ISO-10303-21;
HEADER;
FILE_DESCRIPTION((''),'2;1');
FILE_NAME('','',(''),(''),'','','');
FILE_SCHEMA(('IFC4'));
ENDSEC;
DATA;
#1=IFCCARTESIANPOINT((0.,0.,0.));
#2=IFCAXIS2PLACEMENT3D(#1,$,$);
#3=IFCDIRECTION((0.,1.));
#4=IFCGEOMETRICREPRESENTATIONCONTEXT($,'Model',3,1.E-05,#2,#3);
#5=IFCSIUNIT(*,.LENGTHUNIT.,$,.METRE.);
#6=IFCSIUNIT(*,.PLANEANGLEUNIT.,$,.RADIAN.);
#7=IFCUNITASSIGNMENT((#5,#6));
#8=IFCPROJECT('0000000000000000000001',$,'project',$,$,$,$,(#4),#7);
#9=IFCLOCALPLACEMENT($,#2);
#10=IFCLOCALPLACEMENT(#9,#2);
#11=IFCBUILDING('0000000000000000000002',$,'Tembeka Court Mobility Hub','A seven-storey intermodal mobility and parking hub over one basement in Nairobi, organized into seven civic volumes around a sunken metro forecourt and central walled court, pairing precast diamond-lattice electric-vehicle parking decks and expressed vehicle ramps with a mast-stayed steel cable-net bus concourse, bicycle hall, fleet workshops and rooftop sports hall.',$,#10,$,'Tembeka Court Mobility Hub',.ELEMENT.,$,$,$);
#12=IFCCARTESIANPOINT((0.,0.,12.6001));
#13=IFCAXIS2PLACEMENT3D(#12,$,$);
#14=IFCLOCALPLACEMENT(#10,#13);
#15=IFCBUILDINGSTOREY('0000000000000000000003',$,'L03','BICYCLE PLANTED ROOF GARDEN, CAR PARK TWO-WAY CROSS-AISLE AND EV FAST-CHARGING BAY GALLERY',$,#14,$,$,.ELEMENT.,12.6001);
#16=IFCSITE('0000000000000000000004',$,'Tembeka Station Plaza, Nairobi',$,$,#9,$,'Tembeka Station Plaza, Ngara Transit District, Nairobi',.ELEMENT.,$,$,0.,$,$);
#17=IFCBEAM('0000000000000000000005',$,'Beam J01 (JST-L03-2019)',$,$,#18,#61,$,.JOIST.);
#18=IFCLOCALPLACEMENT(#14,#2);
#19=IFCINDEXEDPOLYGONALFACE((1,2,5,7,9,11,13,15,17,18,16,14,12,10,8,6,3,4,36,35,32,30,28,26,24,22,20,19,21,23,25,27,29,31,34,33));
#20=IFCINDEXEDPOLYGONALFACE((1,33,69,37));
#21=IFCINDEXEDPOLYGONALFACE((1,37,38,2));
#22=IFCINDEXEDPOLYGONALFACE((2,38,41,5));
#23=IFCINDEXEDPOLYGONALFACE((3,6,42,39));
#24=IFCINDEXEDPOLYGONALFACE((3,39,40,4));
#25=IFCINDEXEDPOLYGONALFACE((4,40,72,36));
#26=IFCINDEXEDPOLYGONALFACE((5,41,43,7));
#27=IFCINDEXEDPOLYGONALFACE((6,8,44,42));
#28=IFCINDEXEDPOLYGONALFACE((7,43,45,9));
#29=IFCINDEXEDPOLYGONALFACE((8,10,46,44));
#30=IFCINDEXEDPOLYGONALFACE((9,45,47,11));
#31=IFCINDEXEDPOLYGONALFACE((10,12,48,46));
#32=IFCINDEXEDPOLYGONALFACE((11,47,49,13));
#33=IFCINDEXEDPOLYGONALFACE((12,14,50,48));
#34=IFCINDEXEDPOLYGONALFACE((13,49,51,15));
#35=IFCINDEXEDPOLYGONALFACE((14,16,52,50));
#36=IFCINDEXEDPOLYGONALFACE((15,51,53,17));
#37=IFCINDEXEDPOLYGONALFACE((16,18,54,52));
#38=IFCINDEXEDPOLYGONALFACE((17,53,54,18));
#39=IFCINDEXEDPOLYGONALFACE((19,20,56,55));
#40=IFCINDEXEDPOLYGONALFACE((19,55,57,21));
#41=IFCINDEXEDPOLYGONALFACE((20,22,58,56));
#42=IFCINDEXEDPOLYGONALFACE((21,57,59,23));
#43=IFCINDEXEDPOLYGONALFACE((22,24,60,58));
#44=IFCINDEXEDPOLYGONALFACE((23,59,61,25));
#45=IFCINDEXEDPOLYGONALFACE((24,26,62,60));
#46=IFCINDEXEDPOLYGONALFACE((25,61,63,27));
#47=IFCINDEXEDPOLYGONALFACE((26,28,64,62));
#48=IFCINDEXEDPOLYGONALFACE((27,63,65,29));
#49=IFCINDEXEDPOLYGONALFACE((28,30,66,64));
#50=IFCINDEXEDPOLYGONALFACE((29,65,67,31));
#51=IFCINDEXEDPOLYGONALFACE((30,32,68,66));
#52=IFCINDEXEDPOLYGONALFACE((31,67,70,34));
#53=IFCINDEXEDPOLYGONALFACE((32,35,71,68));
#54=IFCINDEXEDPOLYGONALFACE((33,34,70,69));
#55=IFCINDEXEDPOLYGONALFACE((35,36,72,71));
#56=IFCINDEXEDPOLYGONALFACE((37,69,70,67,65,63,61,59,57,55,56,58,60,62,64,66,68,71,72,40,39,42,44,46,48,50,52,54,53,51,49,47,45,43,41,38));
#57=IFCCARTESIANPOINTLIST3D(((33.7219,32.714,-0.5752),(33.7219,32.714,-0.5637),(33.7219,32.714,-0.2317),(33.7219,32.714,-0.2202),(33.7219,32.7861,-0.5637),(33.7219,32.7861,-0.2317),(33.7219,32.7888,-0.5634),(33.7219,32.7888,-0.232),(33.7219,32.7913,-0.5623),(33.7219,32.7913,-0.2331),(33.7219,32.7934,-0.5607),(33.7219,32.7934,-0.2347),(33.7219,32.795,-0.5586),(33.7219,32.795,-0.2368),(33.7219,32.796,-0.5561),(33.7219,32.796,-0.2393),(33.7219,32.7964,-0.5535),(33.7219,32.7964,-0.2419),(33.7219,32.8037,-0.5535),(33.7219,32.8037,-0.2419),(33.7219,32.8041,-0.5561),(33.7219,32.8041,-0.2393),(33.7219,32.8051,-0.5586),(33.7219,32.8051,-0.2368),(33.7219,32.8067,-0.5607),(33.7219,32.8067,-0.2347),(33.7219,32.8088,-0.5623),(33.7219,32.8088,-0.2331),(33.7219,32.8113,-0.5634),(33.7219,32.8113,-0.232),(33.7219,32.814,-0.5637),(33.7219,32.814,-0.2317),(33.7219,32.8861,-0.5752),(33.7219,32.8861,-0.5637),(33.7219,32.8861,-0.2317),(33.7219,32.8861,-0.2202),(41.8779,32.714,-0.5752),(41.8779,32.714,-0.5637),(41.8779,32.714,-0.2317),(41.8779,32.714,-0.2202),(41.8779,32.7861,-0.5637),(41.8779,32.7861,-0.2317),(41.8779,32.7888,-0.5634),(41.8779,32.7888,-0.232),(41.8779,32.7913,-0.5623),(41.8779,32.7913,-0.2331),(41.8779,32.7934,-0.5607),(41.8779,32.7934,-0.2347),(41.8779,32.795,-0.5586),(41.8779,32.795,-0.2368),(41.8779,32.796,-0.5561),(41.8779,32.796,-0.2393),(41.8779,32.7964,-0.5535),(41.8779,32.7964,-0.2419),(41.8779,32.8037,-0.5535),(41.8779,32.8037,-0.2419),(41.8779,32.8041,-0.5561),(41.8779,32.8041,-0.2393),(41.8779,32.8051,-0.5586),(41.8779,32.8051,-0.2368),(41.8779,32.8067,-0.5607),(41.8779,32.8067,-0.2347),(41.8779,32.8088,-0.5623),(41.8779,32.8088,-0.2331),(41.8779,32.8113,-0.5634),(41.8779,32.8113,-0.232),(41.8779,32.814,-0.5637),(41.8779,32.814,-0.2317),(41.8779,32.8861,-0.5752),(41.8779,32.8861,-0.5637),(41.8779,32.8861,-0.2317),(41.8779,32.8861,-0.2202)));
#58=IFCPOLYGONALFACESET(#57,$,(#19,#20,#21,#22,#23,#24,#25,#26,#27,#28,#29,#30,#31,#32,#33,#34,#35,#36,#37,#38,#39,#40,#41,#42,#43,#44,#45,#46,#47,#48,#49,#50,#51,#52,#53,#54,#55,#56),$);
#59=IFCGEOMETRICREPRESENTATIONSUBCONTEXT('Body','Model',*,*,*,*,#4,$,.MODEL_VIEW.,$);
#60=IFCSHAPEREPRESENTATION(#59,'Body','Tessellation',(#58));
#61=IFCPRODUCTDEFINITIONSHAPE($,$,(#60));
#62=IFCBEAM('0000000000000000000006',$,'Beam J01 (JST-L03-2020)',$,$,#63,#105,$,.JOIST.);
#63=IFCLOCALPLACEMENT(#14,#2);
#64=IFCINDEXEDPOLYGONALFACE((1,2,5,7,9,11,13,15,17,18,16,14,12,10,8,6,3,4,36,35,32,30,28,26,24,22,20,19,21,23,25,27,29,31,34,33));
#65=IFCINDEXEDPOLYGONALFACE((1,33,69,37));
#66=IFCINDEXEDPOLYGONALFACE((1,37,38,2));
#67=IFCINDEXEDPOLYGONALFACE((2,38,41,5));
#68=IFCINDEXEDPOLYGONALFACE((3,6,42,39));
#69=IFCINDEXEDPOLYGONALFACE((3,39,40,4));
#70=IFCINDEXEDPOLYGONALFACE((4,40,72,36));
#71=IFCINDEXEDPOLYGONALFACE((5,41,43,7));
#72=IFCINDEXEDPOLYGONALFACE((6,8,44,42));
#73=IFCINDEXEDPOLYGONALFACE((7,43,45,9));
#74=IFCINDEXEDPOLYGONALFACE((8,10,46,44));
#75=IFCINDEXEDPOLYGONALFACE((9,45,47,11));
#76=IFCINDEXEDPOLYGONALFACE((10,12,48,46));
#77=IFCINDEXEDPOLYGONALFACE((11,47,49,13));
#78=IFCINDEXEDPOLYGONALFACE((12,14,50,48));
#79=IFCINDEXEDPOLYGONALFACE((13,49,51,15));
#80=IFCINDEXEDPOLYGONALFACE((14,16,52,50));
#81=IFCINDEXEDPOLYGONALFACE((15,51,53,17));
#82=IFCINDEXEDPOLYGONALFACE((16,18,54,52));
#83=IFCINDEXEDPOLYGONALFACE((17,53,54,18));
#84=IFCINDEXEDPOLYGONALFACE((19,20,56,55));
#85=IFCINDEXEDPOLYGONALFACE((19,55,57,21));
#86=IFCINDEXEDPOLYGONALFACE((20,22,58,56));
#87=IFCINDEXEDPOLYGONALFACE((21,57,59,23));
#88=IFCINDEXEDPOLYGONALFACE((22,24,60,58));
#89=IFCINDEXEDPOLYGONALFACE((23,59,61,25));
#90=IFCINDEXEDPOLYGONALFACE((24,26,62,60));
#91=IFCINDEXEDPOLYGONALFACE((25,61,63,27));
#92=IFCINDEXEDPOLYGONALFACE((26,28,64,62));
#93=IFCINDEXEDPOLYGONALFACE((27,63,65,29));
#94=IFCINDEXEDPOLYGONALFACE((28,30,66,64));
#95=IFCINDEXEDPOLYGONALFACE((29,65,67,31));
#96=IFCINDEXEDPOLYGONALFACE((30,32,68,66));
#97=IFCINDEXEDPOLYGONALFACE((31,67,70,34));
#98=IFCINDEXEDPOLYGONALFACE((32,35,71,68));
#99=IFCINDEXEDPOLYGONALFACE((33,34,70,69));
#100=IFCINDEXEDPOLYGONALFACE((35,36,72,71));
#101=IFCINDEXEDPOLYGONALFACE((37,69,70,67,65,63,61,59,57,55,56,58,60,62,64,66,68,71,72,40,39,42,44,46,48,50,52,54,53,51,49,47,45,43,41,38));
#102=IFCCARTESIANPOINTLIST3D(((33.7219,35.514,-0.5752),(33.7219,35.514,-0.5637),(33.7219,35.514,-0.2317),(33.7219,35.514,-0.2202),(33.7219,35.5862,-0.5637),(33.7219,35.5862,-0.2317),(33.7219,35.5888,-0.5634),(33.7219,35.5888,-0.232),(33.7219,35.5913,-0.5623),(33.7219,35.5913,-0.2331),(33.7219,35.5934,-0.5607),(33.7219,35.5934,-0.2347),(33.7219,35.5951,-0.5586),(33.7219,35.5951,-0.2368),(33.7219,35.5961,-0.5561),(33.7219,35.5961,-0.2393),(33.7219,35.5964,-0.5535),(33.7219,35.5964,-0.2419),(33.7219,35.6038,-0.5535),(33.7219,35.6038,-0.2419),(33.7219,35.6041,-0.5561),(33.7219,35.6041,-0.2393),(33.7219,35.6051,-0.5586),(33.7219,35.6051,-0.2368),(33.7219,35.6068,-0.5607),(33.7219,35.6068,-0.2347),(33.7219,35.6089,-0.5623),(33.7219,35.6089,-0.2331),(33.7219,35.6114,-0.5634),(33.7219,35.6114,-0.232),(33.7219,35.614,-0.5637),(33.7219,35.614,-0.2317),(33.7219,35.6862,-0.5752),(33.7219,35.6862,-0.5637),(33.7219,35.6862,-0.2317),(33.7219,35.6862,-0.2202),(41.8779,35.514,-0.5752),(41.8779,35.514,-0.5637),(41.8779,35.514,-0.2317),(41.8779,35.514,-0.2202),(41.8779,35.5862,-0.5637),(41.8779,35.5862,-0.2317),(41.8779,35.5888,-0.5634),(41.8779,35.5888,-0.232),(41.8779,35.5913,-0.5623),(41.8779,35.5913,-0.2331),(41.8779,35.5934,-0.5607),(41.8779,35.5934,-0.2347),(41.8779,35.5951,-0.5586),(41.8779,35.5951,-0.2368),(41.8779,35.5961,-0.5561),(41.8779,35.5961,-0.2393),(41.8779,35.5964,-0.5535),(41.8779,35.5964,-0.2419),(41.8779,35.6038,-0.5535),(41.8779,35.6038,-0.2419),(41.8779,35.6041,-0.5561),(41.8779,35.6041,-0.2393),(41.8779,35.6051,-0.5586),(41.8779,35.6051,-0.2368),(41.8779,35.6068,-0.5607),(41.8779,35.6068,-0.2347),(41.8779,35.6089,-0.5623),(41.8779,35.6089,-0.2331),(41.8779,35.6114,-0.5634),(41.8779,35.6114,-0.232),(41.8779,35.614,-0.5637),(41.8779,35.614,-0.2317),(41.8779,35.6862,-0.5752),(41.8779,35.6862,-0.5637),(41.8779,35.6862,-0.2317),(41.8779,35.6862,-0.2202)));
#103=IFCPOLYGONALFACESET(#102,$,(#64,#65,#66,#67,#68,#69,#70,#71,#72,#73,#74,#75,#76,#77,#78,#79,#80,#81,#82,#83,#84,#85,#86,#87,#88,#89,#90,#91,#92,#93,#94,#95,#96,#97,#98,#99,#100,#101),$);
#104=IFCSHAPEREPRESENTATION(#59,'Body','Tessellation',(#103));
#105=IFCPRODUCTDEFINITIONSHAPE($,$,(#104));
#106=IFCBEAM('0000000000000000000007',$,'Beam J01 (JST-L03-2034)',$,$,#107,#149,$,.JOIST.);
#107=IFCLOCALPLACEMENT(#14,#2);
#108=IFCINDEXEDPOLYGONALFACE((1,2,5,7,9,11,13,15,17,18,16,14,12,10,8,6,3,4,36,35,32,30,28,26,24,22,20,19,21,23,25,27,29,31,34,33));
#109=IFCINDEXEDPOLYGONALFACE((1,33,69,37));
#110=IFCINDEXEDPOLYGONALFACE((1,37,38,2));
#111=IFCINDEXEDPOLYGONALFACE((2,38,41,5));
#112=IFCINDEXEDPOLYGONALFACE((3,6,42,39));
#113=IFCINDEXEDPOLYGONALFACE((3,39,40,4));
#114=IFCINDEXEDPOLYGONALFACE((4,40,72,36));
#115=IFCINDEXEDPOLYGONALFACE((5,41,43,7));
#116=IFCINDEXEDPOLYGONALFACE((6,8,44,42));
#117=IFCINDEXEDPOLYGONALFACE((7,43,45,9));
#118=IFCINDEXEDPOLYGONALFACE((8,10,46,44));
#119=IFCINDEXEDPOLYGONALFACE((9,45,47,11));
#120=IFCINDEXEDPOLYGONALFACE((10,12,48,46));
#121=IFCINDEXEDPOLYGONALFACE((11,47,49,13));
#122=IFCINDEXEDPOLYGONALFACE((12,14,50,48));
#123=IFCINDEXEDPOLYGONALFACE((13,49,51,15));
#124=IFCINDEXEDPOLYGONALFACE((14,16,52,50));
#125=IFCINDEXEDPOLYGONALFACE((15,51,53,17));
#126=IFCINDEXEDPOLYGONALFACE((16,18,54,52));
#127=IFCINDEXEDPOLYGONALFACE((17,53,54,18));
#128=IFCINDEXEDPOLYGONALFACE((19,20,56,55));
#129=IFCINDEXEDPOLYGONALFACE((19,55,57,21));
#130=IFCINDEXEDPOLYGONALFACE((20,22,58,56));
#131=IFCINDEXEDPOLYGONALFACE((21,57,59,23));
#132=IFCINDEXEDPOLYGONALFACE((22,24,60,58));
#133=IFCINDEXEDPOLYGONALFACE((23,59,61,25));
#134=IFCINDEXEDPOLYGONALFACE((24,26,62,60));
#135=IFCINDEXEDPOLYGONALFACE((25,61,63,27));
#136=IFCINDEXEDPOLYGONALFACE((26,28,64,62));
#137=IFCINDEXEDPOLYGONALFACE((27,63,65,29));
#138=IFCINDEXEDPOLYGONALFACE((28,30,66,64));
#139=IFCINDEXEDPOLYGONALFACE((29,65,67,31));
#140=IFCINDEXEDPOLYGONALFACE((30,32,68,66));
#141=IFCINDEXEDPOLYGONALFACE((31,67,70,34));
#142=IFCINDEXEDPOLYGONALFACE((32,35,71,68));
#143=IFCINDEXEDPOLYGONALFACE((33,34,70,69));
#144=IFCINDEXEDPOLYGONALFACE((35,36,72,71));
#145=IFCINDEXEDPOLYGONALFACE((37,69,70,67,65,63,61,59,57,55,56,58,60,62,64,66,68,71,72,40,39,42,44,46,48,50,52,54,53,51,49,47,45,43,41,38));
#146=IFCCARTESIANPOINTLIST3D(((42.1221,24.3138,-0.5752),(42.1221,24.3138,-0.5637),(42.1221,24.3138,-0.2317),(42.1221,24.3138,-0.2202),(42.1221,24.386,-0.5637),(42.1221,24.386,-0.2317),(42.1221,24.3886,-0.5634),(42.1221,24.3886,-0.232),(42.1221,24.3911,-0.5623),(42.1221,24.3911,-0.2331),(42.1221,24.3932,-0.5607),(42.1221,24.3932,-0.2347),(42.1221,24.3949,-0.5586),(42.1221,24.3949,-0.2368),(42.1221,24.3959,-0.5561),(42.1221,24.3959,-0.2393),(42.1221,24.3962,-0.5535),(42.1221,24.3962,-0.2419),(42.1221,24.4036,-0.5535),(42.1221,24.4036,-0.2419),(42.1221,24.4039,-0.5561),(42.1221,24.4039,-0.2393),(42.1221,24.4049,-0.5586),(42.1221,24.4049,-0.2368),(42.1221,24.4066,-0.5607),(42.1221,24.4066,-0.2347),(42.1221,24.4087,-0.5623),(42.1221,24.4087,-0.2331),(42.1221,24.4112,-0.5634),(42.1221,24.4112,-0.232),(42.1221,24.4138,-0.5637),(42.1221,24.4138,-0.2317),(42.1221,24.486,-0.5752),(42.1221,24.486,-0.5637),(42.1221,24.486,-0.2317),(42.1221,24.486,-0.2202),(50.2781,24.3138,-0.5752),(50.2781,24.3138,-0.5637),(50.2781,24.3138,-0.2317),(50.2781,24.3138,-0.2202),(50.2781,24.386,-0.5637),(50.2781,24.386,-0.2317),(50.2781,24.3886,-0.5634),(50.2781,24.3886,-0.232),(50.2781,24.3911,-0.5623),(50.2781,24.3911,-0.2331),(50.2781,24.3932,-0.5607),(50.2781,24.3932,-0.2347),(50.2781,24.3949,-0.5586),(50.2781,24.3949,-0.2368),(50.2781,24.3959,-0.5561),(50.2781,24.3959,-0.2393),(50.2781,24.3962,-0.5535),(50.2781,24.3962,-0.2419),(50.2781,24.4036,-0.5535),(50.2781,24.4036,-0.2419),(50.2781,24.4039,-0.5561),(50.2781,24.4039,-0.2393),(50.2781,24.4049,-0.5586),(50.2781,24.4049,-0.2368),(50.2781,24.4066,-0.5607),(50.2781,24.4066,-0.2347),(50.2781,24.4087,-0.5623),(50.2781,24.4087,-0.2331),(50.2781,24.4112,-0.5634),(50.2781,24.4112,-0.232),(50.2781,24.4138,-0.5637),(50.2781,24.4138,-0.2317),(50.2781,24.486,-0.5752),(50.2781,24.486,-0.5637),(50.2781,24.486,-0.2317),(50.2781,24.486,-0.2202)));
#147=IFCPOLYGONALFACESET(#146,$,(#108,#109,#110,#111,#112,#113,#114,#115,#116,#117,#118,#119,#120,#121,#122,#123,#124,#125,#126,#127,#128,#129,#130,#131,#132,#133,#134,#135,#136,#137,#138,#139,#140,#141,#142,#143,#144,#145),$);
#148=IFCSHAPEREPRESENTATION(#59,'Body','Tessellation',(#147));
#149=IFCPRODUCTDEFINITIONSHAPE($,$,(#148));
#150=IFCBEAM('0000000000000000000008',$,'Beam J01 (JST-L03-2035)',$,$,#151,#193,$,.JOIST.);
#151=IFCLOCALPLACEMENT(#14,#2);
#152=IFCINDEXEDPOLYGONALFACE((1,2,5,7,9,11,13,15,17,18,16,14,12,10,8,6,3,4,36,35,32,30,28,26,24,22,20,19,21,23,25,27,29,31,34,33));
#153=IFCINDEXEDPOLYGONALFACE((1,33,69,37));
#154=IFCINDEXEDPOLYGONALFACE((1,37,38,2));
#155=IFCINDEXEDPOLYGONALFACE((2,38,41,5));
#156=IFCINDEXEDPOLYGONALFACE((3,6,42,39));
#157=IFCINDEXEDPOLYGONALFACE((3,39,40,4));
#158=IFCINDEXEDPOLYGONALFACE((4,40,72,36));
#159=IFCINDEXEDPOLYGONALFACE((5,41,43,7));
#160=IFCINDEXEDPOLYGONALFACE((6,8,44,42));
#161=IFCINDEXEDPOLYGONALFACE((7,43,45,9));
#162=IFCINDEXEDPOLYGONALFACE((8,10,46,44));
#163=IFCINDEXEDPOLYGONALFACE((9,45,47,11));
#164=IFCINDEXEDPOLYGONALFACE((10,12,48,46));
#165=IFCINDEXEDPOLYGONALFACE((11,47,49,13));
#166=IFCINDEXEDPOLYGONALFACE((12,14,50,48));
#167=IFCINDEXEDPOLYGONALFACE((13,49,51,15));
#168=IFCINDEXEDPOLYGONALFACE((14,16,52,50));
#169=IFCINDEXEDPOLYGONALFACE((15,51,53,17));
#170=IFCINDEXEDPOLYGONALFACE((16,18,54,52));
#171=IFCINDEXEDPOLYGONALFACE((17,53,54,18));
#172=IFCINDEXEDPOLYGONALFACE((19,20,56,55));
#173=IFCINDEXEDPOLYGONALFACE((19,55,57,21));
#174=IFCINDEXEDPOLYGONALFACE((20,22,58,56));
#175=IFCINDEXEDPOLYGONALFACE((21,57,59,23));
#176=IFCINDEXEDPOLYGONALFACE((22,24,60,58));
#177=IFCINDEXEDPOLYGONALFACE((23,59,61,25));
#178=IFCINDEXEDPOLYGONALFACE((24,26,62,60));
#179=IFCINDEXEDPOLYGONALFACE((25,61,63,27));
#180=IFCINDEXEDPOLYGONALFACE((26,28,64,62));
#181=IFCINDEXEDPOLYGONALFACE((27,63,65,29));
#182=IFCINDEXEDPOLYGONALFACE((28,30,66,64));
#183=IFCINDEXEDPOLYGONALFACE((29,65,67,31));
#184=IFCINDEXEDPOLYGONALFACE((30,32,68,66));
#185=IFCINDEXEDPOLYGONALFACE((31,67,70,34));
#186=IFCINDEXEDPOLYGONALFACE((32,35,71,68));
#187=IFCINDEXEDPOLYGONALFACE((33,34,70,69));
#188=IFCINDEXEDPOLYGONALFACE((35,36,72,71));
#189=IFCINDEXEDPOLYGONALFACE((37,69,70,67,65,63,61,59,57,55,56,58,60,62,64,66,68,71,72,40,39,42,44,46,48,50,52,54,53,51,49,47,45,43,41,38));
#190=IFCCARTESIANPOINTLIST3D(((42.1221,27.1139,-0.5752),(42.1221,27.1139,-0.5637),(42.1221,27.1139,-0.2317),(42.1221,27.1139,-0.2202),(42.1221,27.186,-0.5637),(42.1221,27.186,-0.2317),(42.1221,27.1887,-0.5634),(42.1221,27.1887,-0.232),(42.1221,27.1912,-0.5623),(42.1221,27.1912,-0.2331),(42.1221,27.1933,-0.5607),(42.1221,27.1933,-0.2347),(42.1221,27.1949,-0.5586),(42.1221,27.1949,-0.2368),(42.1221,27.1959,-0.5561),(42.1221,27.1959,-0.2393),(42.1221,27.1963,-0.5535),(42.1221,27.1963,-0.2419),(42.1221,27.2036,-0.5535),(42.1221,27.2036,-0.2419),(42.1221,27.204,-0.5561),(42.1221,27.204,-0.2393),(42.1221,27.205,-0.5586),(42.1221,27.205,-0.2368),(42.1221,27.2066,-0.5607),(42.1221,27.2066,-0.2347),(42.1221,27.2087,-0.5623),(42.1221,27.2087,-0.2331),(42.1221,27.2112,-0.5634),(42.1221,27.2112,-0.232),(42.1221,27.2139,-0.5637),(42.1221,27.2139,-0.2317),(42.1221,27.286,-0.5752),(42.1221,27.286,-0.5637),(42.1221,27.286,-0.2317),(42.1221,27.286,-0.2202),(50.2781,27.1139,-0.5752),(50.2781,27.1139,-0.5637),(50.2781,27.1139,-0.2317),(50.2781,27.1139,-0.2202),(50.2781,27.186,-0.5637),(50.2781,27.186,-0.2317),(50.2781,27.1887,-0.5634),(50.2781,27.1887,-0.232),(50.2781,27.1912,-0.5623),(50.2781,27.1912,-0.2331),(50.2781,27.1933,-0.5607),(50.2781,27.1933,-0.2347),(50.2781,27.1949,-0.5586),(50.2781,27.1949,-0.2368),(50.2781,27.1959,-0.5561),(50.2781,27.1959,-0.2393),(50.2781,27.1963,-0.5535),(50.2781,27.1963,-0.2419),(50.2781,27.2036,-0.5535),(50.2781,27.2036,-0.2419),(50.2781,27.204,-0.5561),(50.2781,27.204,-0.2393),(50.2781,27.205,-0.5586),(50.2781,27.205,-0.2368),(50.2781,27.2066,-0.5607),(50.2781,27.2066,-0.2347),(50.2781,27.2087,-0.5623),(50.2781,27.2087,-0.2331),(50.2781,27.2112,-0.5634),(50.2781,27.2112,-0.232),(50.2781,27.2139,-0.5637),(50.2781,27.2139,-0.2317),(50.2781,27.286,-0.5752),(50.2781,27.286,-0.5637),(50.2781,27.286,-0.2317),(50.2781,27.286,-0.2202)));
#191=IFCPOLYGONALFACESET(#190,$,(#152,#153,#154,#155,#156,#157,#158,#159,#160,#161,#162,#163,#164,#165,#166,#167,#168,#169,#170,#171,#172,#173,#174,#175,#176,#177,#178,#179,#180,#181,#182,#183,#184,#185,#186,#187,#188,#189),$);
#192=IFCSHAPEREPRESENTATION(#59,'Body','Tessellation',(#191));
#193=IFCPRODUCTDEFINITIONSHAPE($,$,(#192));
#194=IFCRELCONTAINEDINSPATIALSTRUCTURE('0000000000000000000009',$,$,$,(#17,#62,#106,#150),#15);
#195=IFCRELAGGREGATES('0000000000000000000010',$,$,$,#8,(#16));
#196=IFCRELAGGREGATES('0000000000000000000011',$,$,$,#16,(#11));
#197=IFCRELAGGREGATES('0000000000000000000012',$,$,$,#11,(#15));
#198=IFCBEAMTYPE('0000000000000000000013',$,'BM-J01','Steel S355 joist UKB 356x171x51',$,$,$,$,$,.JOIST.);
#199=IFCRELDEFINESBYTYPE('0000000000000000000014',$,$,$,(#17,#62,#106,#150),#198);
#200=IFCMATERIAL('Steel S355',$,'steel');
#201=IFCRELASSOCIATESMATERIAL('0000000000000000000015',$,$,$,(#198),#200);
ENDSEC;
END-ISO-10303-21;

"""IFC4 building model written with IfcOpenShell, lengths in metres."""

from ifc_helpers import new_model, si_unit, direction, frame, origin, origin_2d, place, context, subcontext, project, spatial, i_section, extrude, material, material_profile, profile_set, type_object, element, save


model = new_model("IFC4")

# Units and contexts
model_context = context("Model", 3, precision=1e-05, world=origin(), true_north=direction((0.0, 1.0)))
body_context = subcontext(model_context, "Body", "Model", "MODEL_VIEW")
ifc_project = project(units=[si_unit("LENGTHUNIT", "METRE"), si_unit("PLANEANGLEUNIT", "RADIAN")], contexts=[model_context])

# Site, building, storey
site_placement = place(None, origin())
site = spatial("IfcSite", under=ifc_project, at=site_placement, Name="Tembeka Station Plaza, Nairobi", LongName="Tembeka Station Plaza, Ngara Transit District, Nairobi", CompositionType="ELEMENT", RefElevation=0.0)
building_placement = place(site_placement, origin())
building = spatial("IfcBuilding", under=site, at=building_placement, Name="Tembeka Court Mobility Hub", Description="A seven-storey intermodal mobility and parking hub over one basement in Nairobi, organized into seven civic volumes around a sunken metro forecourt and central walled court, pairing precast diamond-lattice electric-vehicle parking decks and expressed vehicle ramps with a mast-stayed steel cable-net bus concourse, bicycle hall, fleet workshops and rooftop sports hall.", LongName="Tembeka Court Mobility Hub", CompositionType="ELEMENT")
storey_placement = place(building_placement, frame((0.0, 0.0, 12.6001)))
storey = spatial("IfcBuildingStorey", under=building, at=storey_placement, Name="L03", Description="BICYCLE PLANTED ROOF GARDEN, CAR PARK TWO-WAY CROSS-AISLE AND EV FAST-CHARGING BAY GALLERY", CompositionType="ELEMENT", Elevation=12.6001)

# Shared definitions
ifc_material_1 = material(Name="Steel S355", Category="steel")

# Beams
ifc_material_profile_1 = material_profile(ifc_material_1, i_section(OverallWidth=0.1721, OverallDepth=0.355, WebThickness=0.0073, FlangeThickness=0.0115, FilletRadius=0.0103, at=origin_2d()), Name="UKB 356x171x51")
ifc_profile_set_1 = profile_set([ifc_material_profile_1], Name="Steel S355")
beam_type_1 = type_object("IfcBeamType", Name="BM-J01", Description="Steel S355 joist UKB 356x171x51", PredefinedType="JOIST", material=ifc_profile_set_1)
for number, where, z_axis, x_axis, name in (
    (1, (33.7219, 32.8, -0.3977), (1.0, 0.0, 0.0), (0.0, 1.0, 0.0), "Beam J01 (JST-L03-2019)"),
    (2, (33.7219, 35.6001, -0.3977), (1.0, 0.0, 0.0), (0.0, 1.0, 0.0), "Beam J01 (JST-L03-2020)"),
    (3, (42.1221, 24.3999, -0.3977), (1.0, 0.0, 0.0), (0.0, 1.0, 0.0), "Beam J01 (JST-L03-2034)"),
    (4, (42.1221, 27.2, -0.3977), (1.0, 0.0, 0.0), (0.0, 1.0, 0.0), "Beam J01 (JST-L03-2035)"),
):
    element("IfcBeam", number, at=place(storey_placement, frame(where, z_axis=z_axis, x_axis=x_axis)), inside=storey, type_object=beam_type_1, Name=name, PredefinedType="JOIST", context=body_context, shape_type="SweptSolid", body=[
        extrude(i_section(OverallWidth=0.1721, OverallDepth=0.355, WebThickness=0.0073, FlangeThickness=0.0115, FilletRadius=0.0103, at=origin_2d()), origin(), (0.0, 0.0, 1.0), 8.156),
    ])

save(model, "model.ifc")
